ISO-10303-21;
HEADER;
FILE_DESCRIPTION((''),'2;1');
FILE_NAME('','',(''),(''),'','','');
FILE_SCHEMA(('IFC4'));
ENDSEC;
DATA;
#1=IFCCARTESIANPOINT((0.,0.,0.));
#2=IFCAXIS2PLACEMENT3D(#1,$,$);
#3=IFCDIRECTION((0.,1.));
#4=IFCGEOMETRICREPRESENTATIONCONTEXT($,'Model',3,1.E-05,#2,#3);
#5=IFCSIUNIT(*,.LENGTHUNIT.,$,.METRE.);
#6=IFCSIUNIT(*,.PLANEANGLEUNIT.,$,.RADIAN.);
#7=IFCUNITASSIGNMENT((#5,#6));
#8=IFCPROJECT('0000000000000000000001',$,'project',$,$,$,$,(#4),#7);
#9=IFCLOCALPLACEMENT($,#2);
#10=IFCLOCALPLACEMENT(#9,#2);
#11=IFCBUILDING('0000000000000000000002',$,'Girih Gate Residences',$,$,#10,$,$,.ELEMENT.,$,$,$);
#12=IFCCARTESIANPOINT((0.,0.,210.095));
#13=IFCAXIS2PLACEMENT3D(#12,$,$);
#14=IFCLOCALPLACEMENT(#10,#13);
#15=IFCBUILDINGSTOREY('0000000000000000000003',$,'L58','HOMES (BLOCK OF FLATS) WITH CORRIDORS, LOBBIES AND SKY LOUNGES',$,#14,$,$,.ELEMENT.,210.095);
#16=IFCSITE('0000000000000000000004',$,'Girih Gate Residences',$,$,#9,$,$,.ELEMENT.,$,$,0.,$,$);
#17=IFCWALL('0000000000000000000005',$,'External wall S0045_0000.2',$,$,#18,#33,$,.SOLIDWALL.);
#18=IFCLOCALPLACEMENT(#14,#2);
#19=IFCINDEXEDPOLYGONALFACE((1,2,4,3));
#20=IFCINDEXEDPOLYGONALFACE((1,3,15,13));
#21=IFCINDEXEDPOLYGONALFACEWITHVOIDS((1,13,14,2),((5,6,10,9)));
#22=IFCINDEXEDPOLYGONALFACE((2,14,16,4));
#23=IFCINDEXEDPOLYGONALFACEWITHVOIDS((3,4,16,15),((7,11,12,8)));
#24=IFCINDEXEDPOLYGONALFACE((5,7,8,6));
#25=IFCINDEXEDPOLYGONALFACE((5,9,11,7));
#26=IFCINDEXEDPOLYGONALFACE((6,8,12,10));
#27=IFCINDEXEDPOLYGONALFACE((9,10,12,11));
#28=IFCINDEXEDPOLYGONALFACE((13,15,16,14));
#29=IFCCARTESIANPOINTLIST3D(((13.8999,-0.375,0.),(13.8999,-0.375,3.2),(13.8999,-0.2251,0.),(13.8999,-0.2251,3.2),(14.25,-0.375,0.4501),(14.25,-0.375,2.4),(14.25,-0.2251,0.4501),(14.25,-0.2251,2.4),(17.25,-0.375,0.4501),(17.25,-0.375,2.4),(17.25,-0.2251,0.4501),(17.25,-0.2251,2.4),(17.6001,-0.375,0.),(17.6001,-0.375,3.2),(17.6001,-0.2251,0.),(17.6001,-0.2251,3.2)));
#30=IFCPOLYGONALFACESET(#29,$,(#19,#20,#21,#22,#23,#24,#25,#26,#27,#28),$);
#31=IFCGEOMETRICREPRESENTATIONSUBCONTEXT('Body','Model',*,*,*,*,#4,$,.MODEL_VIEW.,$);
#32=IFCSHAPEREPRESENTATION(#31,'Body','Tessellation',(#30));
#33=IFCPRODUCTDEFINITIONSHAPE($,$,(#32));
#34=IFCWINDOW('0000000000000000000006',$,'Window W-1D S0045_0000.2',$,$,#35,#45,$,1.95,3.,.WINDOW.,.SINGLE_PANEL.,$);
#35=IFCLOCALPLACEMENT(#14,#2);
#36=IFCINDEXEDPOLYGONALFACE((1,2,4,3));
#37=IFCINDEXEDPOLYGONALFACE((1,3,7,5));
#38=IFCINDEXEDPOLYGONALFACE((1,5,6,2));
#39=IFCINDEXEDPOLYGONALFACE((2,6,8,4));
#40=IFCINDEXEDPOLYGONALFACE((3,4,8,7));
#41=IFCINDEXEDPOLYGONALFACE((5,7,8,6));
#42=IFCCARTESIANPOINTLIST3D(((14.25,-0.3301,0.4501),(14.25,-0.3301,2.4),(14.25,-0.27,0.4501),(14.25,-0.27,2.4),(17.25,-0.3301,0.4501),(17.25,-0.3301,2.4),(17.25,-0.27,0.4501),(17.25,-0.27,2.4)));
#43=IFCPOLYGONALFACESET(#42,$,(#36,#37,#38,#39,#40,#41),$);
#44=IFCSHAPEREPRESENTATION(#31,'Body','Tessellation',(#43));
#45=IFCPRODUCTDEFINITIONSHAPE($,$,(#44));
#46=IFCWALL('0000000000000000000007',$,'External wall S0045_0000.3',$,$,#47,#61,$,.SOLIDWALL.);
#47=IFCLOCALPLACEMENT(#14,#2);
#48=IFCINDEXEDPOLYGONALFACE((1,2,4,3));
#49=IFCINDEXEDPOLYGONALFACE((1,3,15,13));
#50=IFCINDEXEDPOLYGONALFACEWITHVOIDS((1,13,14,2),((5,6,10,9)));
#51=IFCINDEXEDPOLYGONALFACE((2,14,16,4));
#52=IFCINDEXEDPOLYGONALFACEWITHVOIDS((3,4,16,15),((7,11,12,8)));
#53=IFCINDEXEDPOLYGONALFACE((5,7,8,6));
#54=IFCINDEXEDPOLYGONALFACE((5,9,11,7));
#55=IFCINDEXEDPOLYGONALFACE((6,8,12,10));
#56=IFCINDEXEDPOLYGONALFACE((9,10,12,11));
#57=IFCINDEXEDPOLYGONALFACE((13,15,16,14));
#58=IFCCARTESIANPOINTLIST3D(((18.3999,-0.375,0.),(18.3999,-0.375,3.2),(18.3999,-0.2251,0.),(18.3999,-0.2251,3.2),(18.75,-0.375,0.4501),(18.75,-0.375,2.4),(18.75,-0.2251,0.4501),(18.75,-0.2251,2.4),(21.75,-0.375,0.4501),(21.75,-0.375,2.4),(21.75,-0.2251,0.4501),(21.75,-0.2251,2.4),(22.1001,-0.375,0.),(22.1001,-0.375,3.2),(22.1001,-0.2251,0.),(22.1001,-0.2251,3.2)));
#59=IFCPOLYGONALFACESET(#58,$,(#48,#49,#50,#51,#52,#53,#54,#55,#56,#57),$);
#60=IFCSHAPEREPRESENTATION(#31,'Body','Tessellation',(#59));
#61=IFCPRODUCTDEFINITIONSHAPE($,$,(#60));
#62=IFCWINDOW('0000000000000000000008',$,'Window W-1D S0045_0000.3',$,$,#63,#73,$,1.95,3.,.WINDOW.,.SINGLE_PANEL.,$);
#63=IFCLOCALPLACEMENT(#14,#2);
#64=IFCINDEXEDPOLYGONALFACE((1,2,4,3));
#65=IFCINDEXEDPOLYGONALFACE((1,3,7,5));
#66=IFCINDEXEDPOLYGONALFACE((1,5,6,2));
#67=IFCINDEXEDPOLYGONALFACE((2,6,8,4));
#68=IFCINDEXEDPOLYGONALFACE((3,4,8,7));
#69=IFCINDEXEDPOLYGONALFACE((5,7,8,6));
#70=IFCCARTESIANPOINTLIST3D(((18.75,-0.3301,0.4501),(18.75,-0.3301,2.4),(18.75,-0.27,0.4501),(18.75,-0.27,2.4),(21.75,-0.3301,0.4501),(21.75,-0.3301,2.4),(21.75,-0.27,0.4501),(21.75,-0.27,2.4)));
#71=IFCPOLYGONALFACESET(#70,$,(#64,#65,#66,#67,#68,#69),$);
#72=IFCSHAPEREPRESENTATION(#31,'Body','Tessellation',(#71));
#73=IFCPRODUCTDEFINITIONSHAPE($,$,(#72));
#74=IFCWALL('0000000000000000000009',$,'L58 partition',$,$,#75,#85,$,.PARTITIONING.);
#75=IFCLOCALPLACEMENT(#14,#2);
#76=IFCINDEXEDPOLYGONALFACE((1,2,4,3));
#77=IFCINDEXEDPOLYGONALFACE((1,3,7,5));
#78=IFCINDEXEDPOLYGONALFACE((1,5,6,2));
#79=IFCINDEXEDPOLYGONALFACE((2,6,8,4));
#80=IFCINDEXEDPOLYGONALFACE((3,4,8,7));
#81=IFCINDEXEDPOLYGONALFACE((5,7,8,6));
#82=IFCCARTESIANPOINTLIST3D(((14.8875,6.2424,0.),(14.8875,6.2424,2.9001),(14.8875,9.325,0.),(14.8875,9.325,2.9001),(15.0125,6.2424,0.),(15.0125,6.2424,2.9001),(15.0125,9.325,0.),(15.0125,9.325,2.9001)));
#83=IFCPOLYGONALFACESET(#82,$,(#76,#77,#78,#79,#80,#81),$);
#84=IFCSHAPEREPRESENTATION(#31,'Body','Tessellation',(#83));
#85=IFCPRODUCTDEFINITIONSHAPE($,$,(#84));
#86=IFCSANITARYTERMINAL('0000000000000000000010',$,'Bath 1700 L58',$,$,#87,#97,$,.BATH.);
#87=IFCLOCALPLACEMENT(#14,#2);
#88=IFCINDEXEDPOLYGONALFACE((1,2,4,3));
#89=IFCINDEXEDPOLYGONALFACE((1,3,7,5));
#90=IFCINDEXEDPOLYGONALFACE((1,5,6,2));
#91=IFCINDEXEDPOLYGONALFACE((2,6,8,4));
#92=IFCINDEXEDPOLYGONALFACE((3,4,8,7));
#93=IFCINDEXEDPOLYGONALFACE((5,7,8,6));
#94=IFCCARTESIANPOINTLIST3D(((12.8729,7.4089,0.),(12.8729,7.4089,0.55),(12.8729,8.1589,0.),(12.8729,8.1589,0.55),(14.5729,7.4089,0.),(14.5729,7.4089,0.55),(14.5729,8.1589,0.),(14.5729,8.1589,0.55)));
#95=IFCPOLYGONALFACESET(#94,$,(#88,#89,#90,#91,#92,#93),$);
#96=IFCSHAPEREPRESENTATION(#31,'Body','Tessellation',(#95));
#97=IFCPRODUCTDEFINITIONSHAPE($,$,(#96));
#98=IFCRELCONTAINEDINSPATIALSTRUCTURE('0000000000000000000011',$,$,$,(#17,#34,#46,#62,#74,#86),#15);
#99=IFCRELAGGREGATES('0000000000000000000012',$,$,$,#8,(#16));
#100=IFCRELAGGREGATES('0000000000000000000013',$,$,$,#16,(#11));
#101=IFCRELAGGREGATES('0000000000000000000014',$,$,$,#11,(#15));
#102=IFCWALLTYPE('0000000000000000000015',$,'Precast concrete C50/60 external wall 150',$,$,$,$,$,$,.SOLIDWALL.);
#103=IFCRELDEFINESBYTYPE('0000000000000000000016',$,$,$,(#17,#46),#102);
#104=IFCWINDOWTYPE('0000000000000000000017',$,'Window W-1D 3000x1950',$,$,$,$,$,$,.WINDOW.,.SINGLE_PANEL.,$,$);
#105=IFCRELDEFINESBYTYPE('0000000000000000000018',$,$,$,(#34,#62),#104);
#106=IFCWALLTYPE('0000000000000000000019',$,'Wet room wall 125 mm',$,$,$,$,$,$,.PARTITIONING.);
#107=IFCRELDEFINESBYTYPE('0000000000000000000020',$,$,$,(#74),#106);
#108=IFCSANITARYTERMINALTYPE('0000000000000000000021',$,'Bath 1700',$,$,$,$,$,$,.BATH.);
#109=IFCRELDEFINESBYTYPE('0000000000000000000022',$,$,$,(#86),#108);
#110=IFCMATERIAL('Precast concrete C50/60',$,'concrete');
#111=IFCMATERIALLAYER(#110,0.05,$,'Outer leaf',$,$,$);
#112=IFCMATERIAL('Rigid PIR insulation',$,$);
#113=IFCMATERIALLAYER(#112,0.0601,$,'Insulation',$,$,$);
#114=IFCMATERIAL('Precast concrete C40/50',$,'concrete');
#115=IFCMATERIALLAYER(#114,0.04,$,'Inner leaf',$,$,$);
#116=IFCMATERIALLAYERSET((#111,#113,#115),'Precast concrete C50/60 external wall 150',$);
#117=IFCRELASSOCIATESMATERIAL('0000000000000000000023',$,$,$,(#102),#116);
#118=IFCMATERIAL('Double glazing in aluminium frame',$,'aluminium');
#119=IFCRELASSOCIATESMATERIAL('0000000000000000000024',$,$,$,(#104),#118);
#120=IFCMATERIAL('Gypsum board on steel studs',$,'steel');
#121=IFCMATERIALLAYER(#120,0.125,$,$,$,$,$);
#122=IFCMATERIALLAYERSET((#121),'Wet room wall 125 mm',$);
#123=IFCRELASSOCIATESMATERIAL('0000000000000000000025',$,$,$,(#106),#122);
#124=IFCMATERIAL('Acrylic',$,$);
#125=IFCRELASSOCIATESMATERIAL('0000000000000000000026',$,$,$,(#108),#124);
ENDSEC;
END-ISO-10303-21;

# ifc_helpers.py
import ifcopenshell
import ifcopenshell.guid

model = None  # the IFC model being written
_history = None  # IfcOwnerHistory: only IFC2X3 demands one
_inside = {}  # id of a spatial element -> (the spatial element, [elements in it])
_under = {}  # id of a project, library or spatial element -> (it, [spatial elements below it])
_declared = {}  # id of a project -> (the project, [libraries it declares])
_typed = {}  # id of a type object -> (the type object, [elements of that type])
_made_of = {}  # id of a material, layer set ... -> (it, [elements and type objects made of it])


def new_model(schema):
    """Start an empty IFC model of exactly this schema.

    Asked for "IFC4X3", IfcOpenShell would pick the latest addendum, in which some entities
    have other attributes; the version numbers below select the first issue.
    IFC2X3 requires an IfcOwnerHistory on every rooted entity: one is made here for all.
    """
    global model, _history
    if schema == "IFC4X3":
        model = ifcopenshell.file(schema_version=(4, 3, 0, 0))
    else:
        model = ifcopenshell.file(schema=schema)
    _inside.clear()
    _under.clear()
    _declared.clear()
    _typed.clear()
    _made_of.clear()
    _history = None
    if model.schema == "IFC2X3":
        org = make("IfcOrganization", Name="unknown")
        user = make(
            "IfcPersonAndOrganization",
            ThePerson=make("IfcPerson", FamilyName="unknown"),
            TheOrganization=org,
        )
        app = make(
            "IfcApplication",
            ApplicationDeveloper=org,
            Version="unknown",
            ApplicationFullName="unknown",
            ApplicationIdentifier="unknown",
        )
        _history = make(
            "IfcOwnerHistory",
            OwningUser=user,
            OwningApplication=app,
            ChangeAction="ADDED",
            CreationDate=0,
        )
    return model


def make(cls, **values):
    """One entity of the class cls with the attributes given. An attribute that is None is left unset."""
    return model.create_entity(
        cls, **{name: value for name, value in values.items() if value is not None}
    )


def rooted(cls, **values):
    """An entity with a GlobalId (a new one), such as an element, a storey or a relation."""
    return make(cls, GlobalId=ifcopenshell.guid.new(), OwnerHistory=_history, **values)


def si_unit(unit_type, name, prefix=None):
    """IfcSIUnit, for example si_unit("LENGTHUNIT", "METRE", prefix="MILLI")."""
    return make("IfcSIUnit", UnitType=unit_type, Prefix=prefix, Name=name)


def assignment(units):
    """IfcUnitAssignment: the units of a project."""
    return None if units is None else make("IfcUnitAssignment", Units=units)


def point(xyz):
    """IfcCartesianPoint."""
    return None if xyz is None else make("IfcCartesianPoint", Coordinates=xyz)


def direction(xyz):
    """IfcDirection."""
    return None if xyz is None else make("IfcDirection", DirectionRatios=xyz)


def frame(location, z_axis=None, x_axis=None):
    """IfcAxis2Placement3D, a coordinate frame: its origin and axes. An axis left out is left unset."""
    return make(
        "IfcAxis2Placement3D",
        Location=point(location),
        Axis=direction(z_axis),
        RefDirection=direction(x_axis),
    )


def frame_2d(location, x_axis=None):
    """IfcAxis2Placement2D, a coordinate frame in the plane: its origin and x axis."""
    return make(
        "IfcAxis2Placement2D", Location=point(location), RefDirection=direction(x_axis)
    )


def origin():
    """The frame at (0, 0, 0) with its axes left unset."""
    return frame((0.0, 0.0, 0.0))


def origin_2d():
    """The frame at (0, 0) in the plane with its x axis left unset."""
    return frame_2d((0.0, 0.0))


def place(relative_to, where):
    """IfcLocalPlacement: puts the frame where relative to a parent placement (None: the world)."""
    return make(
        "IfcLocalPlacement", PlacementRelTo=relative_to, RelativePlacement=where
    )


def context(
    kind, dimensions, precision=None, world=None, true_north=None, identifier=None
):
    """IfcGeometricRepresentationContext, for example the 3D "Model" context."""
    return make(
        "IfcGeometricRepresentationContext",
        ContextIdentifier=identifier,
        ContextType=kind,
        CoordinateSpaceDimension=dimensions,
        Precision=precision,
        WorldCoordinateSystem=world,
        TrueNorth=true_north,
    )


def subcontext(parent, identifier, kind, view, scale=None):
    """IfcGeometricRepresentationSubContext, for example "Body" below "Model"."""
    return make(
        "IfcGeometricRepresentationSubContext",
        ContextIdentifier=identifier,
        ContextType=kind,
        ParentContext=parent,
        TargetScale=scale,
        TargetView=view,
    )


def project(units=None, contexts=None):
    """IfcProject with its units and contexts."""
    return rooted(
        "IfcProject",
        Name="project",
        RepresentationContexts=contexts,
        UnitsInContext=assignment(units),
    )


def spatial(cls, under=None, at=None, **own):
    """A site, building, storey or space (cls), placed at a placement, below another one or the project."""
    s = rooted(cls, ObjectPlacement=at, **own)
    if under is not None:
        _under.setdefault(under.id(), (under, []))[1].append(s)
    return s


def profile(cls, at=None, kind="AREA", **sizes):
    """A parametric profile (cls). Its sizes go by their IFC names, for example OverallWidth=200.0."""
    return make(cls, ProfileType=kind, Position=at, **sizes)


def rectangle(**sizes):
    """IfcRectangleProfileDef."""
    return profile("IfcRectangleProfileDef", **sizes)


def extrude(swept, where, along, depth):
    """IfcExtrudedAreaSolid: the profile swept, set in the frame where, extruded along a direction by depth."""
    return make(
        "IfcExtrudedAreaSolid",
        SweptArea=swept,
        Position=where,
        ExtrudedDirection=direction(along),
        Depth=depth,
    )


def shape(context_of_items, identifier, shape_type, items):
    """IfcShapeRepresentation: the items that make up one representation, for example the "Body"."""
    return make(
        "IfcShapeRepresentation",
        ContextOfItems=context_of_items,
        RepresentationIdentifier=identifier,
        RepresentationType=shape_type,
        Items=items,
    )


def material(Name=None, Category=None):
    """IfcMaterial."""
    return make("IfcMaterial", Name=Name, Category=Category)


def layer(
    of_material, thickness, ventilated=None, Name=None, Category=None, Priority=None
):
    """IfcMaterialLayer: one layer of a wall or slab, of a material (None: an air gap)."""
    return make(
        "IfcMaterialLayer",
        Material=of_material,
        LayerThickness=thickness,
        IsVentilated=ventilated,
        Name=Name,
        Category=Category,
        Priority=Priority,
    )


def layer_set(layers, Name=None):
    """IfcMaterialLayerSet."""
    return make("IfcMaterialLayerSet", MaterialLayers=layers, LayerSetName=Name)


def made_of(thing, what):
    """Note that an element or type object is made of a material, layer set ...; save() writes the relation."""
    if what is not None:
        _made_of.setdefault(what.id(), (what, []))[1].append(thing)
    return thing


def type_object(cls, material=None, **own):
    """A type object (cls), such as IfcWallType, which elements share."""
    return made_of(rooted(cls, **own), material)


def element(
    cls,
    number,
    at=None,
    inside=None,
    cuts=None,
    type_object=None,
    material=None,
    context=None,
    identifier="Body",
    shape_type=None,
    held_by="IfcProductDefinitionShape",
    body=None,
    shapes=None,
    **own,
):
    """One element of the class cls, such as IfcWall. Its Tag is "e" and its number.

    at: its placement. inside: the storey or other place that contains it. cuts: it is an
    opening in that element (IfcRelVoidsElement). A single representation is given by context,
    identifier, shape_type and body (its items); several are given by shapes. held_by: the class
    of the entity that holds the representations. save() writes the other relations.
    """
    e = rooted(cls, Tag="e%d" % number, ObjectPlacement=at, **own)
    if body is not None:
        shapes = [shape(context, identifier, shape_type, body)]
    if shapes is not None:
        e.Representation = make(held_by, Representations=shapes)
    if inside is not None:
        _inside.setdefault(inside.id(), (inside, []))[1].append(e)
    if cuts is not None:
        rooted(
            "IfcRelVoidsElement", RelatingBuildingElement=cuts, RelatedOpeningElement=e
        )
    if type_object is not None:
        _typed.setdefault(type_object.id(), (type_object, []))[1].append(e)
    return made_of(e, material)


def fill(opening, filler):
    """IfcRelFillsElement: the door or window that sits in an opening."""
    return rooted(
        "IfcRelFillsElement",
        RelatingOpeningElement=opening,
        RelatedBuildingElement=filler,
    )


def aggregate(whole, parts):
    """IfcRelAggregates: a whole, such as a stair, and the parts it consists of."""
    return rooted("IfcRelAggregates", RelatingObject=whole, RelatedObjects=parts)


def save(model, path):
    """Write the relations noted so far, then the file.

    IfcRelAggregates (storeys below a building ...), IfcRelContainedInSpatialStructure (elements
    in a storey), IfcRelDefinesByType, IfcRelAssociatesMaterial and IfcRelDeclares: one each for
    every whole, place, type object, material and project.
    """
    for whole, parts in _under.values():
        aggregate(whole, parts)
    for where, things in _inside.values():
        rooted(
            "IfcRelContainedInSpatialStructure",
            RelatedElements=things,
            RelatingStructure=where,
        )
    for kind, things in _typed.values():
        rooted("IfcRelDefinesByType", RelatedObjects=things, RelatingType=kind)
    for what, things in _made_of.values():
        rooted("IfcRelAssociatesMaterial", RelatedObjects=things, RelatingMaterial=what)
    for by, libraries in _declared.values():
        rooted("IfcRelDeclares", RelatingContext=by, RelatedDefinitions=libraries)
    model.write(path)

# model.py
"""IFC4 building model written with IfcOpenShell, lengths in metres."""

from ifc_helpers import new_model, si_unit, direction, frame, frame_2d, origin, origin_2d, place, context, subcontext, project, spatial, rectangle, extrude, material, layer, layer_set, type_object, element, fill, save


model = new_model("IFC4")

# Units and contexts
model_context = context("Model", 3, precision=1e-05, world=origin(), true_north=direction((0.0, 1.0)))
body_context = subcontext(model_context, "Body", "Model", "MODEL_VIEW")
ifc_project = project(units=[si_unit("LENGTHUNIT", "METRE"), si_unit("PLANEANGLEUNIT", "RADIAN")], contexts=[model_context])

# Site, building, storey
site_placement = place(None, origin())
site = spatial("IfcSite", under=ifc_project, at=site_placement, Name="Girih Gate Residences", CompositionType="ELEMENT", RefElevation=0.0)
building_placement = place(site_placement, origin())
building = spatial("IfcBuilding", under=site, at=building_placement, Name="Girih Gate Residences", CompositionType="ELEMENT")
storey_placement = place(building_placement, frame((0.0, 0.0, 210.095)))
storey = spatial("IfcBuildingStorey", under=building, at=storey_placement, Name="L58", Description="HOMES (BLOCK OF FLATS) WITH CORRIDORS, LOBBIES AND SKY LOUNGES", CompositionType="ELEMENT", Elevation=210.095)

# Shared definitions
ifc_material_1 = material(Name="Gypsum board on steel studs", Category="steel")

# Walls, openings, windows
ifc_material_2 = material(Name="Precast concrete C50/60", Category="concrete")
ifc_layer_1 = layer(ifc_material_2, 0.05, Name="Outer leaf")
ifc_material_3 = material(Name="Rigid PIR insulation")
ifc_layer_2 = layer(ifc_material_3, 0.0601, Name="Insulation")
ifc_material_4 = material(Name="Precast concrete C40/50", Category="concrete")
ifc_layer_3 = layer(ifc_material_4, 0.04, Name="Inner leaf")
ifc_layer_set_1 = layer_set([ifc_layer_1, ifc_layer_2, ifc_layer_3], Name="Precast concrete C50/60 external wall 150")
wall_type_1 = type_object("IfcWallType", Name="Precast concrete C50/60 external wall 150", PredefinedType="SOLIDWALL", material=ifc_layer_set_1)
wall_1_placement = place(storey_placement, frame((17.6001, -0.3, 0.0), z_axis=(0.0, 0.0, 1.0), x_axis=(-1.0, 0.0, 0.0)))
wall_1 = element("IfcWall", 1, at=wall_1_placement, inside=storey, type_object=wall_type_1, Name="External wall S0045_0000.2", PredefinedType="SOLIDWALL", context=body_context, shape_type="SweptSolid", body=[
    extrude(rectangle(XDim=3.7002, YDim=0.1499, at=frame_2d((1.8501, 0.0))), origin(), (0.0, 0.0, 1.0), 3.2),
])
opening_1_placement = place(wall_1_placement, frame((0.3501, 0.0, 0.45)))
opening_1 = element("IfcOpeningElement", 2, at=opening_1_placement, cuts=wall_1, PredefinedType="OPENING", context=body_context, shape_type="SweptSolid", body=[
    extrude(rectangle(XDim=3.0, YDim=1.95, at=frame_2d((1.5, 0.9751))), frame((0.0, 0.085, 0.0), z_axis=(0.0, -1.0, 0.0), x_axis=(1.0, 0.0, 0.0)), (0.0, 0.0, 1.0), 0.1699),
])
ifc_material_5 = material(Name="Double glazing in aluminium frame", Category="aluminium")
window_type = type_object("IfcWindowType", Name="Window W-1D 3000x1950", PartitioningType="SINGLE_PANEL", PredefinedType="WINDOW", material=ifc_material_5)
window_1_placement = place(opening_1_placement, origin())
window_1 = element("IfcWindow", 3, at=window_1_placement, inside=storey, type_object=window_type, Name="Window W-1D S0045_0000.2", OverallHeight=1.95, OverallWidth=3.0, PartitioningType="SINGLE_PANEL", PredefinedType="WINDOW", context=body_context, shape_type="SweptSolid", body=[
    extrude(rectangle(XDim=3.0, YDim=1.95, at=frame_2d((1.5, 0.9751))), frame((0.0, 0.03, 0.0), z_axis=(0.0, -1.0, 0.0), x_axis=(1.0, 0.0, 0.0)), (0.0, 0.0, 1.0), 0.0601),
])
fill(opening_1, window_1)
wall_2_placement = place(storey_placement, frame((22.1001, -0.3, 0.0), z_axis=(0.0, 0.0, 1.0), x_axis=(-1.0, 0.0, 0.0)))
wall_2 = element("IfcWall", 4, at=wall_2_placement, inside=storey, type_object=wall_type_1, Name="External wall S0045_0000.3", PredefinedType="SOLIDWALL", context=body_context, shape_type="SweptSolid", body=[
    extrude(rectangle(XDim=3.7002, YDim=0.1499, at=frame_2d((1.8501, 0.0))), origin(), (0.0, 0.0, 1.0), 3.2),
])
opening_2_placement = place(wall_2_placement, frame((0.3501, 0.0, 0.45)))
opening_2 = element("IfcOpeningElement", 5, at=opening_2_placement, cuts=wall_2, PredefinedType="OPENING", context=body_context, shape_type="SweptSolid", body=[
    extrude(rectangle(XDim=3.0, YDim=1.95, at=frame_2d((1.5, 0.9751))), frame((0.0, 0.085, 0.0), z_axis=(0.0, -1.0, 0.0), x_axis=(1.0, 0.0, 0.0)), (0.0, 0.0, 1.0), 0.1699),
])
window_2_placement = place(opening_2_placement, origin())
window_2 = element("IfcWindow", 6, at=window_2_placement, inside=storey, type_object=window_type, Name="Window W-1D S0045_0000.3", OverallHeight=1.95, OverallWidth=3.0, PartitioningType="SINGLE_PANEL", PredefinedType="WINDOW", context=body_context, shape_type="SweptSolid", body=[
    extrude(rectangle(XDim=3.0, YDim=1.95, at=frame_2d((1.5, 0.9751))), frame((0.0, 0.03, 0.0), z_axis=(0.0, -1.0, 0.0), x_axis=(1.0, 0.0, 0.0)), (0.0, 0.0, 1.0), 0.0601),
])
fill(opening_2, window_2)

# Wall
ifc_layer_4 = layer(ifc_material_1, 0.125)
ifc_layer_set_2 = layer_set([ifc_layer_4], Name="Wet room wall 125 mm")
wall_type_2 = type_object("IfcWallType", Name="Wet room wall 125 mm", PredefinedType="PARTITIONING", material=ifc_layer_set_2)
wall_3_placement = place(storey_placement, frame((14.95, 6.2424, 0.0), z_axis=(0.0, 0.0, 1.0), x_axis=(0.0, 1.0, 0.0)))
element("IfcWall", 7, at=wall_3_placement, inside=storey, type_object=wall_type_2, Name="L58 partition", PredefinedType="PARTITIONING", context=body_context, shape_type="SweptSolid", body=[
    extrude(rectangle(XDim=3.0825, YDim=0.125, at=frame_2d((1.5413, 0.0))), origin(), (0.0, 0.0, 1.0), 2.9001),
])

# Sanitary terminal
ifc_material_6 = material(Name="Acrylic")
sanitary_terminal_type = type_object("IfcSanitaryTerminalType", Name="Bath 1700", PredefinedType="BATH", material=ifc_material_6)
sanitary_terminal_placement = place(storey_placement, frame((13.7229, 7.7839, 0.0), z_axis=(0.0, 0.0, 1.0), x_axis=(1.0, 0.0, 0.0)))
element("IfcSanitaryTerminal", 8, at=sanitary_terminal_placement, inside=storey, type_object=sanitary_terminal_type, Name="Bath 1700 L58", PredefinedType="BATH", context=body_context, shape_type="SweptSolid", body=[
    extrude(rectangle(XDim=1.7, YDim=0.75, at=origin_2d()), origin(), (0.0, 0.0, 1.0), 0.55),
])

save(model, "model.ifc")
